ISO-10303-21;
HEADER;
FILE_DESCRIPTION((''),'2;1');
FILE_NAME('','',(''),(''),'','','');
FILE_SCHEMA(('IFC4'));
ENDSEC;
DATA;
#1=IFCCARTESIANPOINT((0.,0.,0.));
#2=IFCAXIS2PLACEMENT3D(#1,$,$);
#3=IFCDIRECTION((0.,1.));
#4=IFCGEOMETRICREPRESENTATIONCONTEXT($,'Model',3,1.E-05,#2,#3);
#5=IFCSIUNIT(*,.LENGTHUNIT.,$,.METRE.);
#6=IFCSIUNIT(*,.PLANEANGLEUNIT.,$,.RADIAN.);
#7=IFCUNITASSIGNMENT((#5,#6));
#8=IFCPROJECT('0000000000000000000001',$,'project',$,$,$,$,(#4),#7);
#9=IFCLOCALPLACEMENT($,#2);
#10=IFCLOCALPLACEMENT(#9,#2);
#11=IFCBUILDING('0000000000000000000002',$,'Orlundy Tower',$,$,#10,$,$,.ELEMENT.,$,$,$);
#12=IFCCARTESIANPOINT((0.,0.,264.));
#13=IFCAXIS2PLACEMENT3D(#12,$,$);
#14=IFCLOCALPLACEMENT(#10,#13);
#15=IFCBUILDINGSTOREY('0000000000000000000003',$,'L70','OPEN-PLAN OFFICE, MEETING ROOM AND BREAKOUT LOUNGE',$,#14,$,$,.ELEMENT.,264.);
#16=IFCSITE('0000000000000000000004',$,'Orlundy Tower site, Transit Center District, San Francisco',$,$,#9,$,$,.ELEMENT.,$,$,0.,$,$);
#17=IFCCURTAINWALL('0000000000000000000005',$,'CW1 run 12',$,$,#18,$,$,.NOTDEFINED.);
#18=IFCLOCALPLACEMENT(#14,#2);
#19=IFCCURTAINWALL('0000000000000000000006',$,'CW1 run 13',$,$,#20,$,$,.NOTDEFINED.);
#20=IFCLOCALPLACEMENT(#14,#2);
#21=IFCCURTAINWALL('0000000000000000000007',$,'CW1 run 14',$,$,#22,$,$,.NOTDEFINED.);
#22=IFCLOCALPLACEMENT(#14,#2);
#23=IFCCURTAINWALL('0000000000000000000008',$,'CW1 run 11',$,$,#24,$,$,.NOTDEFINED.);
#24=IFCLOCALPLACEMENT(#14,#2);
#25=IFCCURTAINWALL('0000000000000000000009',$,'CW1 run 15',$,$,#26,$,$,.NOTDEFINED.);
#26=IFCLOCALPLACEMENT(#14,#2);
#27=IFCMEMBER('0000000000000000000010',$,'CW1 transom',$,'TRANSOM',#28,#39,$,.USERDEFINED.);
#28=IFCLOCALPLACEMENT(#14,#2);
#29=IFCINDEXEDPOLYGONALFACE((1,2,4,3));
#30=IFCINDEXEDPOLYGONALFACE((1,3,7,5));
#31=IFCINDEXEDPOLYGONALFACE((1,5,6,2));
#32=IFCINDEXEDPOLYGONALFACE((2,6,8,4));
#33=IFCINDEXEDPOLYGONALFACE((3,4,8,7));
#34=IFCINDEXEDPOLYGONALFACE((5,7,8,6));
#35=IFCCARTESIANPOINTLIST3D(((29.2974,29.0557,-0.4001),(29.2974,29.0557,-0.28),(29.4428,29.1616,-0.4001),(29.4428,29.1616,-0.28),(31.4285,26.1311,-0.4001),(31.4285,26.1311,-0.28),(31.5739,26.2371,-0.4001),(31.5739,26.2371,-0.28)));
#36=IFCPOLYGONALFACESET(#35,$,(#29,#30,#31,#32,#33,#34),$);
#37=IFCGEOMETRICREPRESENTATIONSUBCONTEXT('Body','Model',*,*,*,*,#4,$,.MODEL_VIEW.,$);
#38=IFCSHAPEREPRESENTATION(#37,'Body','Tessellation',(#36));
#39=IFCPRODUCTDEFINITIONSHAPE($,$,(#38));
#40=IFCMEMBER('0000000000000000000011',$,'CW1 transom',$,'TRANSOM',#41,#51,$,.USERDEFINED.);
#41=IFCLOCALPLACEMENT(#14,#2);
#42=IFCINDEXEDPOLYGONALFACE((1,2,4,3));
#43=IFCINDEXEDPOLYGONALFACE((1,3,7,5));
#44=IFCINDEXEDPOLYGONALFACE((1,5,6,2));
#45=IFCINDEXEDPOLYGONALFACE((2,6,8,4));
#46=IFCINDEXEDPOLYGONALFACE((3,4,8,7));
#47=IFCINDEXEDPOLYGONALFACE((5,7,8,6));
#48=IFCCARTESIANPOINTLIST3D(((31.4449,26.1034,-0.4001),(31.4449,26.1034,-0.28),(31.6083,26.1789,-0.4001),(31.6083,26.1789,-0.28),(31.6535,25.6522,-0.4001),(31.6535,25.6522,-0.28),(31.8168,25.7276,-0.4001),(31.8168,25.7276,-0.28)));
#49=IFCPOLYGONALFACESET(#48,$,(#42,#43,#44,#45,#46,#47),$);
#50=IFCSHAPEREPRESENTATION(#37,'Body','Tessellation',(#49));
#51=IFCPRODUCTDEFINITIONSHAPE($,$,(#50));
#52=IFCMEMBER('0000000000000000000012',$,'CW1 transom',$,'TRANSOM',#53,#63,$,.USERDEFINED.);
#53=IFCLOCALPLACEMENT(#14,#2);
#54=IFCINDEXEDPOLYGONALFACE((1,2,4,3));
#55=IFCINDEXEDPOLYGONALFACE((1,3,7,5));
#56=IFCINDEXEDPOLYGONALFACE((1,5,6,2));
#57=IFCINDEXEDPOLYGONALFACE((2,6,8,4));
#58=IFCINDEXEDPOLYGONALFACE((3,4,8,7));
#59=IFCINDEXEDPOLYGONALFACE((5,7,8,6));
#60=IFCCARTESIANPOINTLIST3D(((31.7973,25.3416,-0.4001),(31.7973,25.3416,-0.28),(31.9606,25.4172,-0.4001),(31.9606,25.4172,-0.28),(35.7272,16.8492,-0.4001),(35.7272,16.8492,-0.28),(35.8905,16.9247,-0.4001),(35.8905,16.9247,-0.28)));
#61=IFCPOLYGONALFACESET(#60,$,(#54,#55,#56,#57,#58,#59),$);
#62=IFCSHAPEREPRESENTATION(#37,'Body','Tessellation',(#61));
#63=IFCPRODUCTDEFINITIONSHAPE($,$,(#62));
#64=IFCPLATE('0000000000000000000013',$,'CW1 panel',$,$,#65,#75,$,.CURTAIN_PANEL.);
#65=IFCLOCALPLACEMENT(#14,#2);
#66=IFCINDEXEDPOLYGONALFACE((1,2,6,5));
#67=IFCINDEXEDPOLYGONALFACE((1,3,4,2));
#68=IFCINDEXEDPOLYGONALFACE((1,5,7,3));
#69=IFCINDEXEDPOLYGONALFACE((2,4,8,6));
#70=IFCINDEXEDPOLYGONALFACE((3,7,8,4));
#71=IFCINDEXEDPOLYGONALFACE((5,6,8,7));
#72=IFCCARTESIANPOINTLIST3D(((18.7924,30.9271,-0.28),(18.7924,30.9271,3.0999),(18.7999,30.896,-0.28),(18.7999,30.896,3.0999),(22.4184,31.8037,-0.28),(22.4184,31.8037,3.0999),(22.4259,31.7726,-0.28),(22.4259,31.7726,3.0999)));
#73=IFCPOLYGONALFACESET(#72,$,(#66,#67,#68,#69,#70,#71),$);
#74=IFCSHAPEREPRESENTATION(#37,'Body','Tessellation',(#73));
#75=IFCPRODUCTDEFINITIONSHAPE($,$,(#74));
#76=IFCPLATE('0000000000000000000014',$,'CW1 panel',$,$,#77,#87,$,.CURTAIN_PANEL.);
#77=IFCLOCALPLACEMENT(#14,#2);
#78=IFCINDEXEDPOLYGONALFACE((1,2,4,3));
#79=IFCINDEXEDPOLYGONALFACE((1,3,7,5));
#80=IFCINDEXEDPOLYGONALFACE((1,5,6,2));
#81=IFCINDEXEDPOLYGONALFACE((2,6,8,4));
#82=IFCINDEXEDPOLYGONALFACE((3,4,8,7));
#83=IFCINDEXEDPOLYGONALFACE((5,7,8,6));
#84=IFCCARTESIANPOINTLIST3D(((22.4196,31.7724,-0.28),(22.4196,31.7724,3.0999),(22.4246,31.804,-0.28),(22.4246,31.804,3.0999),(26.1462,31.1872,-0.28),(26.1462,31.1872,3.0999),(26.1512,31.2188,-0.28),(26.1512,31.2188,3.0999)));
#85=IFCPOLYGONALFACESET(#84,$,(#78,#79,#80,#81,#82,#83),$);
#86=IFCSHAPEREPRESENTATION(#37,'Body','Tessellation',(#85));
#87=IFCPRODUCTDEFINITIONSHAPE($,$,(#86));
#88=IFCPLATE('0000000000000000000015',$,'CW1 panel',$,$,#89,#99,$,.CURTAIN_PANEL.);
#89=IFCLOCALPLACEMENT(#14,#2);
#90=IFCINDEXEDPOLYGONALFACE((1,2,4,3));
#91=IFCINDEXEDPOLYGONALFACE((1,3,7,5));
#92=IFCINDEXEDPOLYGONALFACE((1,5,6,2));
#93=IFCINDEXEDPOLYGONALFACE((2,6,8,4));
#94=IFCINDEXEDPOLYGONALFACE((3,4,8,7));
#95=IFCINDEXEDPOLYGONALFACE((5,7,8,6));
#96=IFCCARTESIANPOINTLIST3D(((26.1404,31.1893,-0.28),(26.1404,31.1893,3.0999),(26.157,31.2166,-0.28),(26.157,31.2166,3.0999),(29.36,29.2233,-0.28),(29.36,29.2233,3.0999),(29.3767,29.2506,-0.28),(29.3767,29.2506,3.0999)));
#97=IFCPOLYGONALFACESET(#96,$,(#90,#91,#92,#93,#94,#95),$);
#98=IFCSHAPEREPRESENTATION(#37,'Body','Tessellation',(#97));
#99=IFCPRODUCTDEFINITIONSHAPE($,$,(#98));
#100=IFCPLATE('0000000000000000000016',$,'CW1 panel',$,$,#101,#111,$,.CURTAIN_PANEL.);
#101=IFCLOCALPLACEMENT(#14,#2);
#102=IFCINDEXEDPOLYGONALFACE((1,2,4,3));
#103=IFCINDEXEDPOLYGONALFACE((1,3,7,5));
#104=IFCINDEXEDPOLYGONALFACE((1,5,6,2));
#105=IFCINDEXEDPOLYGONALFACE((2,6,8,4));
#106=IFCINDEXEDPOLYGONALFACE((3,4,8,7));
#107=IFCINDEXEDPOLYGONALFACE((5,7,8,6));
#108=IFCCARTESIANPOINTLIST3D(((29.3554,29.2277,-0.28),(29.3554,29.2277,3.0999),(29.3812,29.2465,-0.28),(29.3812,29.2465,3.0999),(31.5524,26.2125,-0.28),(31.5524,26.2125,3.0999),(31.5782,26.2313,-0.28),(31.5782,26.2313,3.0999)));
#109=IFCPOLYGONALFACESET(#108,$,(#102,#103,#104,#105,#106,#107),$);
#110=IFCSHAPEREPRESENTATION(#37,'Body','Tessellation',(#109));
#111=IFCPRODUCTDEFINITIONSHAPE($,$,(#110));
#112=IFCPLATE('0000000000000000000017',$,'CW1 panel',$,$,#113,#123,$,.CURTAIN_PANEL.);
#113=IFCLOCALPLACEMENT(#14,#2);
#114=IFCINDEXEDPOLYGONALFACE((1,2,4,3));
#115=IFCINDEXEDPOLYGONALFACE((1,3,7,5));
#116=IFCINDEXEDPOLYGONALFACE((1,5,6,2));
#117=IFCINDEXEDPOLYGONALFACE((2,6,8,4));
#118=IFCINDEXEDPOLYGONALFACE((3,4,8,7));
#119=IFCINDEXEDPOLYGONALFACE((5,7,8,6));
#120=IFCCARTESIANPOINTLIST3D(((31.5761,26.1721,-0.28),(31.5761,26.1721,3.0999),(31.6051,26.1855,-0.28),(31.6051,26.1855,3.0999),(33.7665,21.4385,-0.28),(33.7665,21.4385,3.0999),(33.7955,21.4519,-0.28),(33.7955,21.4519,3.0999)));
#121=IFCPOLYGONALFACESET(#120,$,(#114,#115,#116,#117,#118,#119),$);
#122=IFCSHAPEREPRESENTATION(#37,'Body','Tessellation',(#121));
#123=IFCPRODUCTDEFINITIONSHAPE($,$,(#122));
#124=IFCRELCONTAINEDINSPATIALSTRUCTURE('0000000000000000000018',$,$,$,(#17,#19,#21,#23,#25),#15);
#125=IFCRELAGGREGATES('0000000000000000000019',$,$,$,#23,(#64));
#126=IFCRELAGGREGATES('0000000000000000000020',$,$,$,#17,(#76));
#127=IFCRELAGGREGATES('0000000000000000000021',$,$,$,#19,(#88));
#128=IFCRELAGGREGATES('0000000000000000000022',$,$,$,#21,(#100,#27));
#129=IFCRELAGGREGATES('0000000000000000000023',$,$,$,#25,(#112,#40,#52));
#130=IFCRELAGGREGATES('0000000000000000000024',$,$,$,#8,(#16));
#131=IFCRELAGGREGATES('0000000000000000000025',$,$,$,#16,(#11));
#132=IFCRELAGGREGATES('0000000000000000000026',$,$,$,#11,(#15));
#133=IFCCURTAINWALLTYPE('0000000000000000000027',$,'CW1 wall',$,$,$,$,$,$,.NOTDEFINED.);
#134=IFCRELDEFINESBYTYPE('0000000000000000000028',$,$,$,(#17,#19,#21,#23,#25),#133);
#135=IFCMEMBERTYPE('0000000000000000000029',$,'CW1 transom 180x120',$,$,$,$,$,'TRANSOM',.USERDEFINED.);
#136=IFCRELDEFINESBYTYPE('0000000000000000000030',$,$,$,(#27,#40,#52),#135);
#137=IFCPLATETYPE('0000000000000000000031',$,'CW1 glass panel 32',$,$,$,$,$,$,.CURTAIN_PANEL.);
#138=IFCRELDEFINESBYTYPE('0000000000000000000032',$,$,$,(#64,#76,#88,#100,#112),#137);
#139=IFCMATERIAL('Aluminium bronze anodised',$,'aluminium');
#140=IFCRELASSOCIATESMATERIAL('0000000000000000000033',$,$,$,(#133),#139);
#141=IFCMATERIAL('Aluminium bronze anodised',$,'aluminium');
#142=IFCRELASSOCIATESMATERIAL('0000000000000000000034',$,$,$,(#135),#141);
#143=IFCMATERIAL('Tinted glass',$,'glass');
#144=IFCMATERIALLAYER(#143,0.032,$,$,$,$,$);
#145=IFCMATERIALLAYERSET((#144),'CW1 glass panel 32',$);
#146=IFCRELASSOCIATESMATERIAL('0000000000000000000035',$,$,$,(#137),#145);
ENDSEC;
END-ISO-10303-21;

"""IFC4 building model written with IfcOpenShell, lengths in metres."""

from ifc_helpers import new_model, si_unit, direction, frame, origin, origin_2d, place, context, subcontext, project, spatial, rectangle, extrude, material, layer, layer_set, material_profile, profile_set, type_object, element, aggregate, save


model = new_model("IFC4")

# Units and contexts
model_context = context("Model", 3, precision=1e-05, world=origin(), true_north=direction((0.0, 1.0)))
body_context = subcontext(model_context, "Body", "Model", "MODEL_VIEW")
ifc_project = project(units=[si_unit("LENGTHUNIT", "METRE"), si_unit("PLANEANGLEUNIT", "RADIAN")], contexts=[model_context])

# Site, building, storey
site_placement = place(None, origin())
site = spatial("IfcSite", under=ifc_project, at=site_placement, Name="Orlundy Tower site, Transit Center District, San Francisco", CompositionType="ELEMENT", RefElevation=0.0)
building_placement = place(site_placement, origin())
building = spatial("IfcBuilding", under=site, at=building_placement, Name="Orlundy Tower", CompositionType="ELEMENT")
storey_placement = place(building_placement, frame((0.0, 0.0, 264.0)))
storey = spatial("IfcBuildingStorey", under=building, at=storey_placement, Name="L70", Description="OPEN-PLAN OFFICE, MEETING ROOM AND BREAKOUT LOUNGE", CompositionType="ELEMENT", Elevation=264.0)

# Curtain walls
ifc_material_1 = material(Name="Aluminium bronze anodised", Category="aluminium")
curtain_wall_type = type_object("IfcCurtainWallType", Name="CW1 wall", PredefinedType="NOTDEFINED", material=ifc_material_1)
curtain_wall_1_placement = place(storey_placement, origin())
curtain_wall_1 = element("IfcCurtainWall", 1, at=curtain_wall_1_placement, inside=storey, type_object=curtain_wall_type, Name="CW1 run 12", PredefinedType="NOTDEFINED")
curtain_wall_2_placement = place(storey_placement, origin())
curtain_wall_2 = element("IfcCurtainWall", 2, at=curtain_wall_2_placement, inside=storey, type_object=curtain_wall_type, Name="CW1 run 13", PredefinedType="NOTDEFINED")
curtain_wall_3_placement = place(storey_placement, origin())
curtain_wall_3 = element("IfcCurtainWall", 3, at=curtain_wall_3_placement, inside=storey, type_object=curtain_wall_type, Name="CW1 run 14", PredefinedType="NOTDEFINED")
curtain_wall_4_placement = place(storey_placement, origin())
curtain_wall_4 = element("IfcCurtainWall", 4, at=curtain_wall_4_placement, inside=storey, type_object=curtain_wall_type, Name="CW1 run 11", PredefinedType="NOTDEFINED")

# Curtain wall
curtain_wall_5_placement = place(storey_placement, origin())
curtain_wall_5 = element("IfcCurtainWall", 5, at=curtain_wall_5_placement, inside=storey, type_object=curtain_wall_type, Name="CW1 run 15", PredefinedType="NOTDEFINED")

# Members
ifc_material_2 = material(Name="Aluminium bronze anodised", Category="aluminium")
ifc_material_profile_1 = material_profile(ifc_material_2, rectangle(XDim=0.1799, YDim=0.1201, at=origin_2d()), Name="CW1 transom 180x120")
ifc_profile_set_1 = profile_set([ifc_material_profile_1], Name="Aluminium bronze anodised")
member_type_1 = type_object("IfcMemberType", Name="CW1 transom 180x120", ElementType="TRANSOM", PredefinedType="USERDEFINED", material=ifc_profile_set_1)
member_1_placement = place(storey_placement, frame((29.3701, 29.1086, -0.3401), z_axis=(0.588922, -0.80819, 0.0), x_axis=(0.80819, 0.588922, 0.0)))
member_1 = element("IfcMember", 6, at=member_1_placement, type_object=member_type_1, Name="CW1 transom", ObjectType="TRANSOM", PredefinedType="USERDEFINED", context=body_context, shape_type="SweptSolid", body=[
    extrude(rectangle(XDim=0.1799, YDim=0.1201, at=origin_2d()), origin(), (0.0, 0.0, 1.0), 3.6187),
])
member_2_placement = place(storey_placement, frame((31.5266, 26.1411, -0.3401), z_axis=(0.419494, -0.907758, 0.0), x_axis=(0.907758, 0.419494, 0.0)))
member_2 = element("IfcMember", 7, at=member_2_placement, type_object=member_type_1, Name="CW1 transom", ObjectType="TRANSOM", PredefinedType="USERDEFINED", context=body_context, shape_type="SweptSolid", body=[
    extrude(rectangle(XDim=0.1799, YDim=0.1201, at=origin_2d()), origin(), (0.0, 0.0, 1.0), 0.4971),
])
member_3_placement = place(storey_placement, frame((31.8789, 25.3794, -0.3401), z_axis=(0.41997, -0.907538, 0.0), x_axis=(0.907538, 0.41997, 0.0)))
member_3 = element("IfcMember", 8, at=member_3_placement, type_object=member_type_1, Name="CW1 transom", ObjectType="TRANSOM", PredefinedType="USERDEFINED", context=body_context, shape_type="SweptSolid", body=[
    extrude(rectangle(XDim=0.1799, YDim=0.1201, at=origin_2d()), origin(), (0.0, 0.0, 1.0), 9.3577),
])

# Plates
ifc_material_3 = material(Name="Tinted glass", Category="glass")
ifc_layer = layer(ifc_material_3, 0.032)
ifc_layer_set = layer_set([ifc_layer], Name="CW1 glass panel 32")
plate_type = type_object("IfcPlateType", Name="CW1 glass panel 32", PredefinedType="CURTAIN_PANEL", material=ifc_layer_set)
plate_1_placement = place(storey_placement, frame((20.6091, 31.3499, -0.28), z_axis=(0.0, 0.0, 1.0), x_axis=(0.972002, 0.234975, 0.0)))
plate_1 = element("IfcPlate", 9, at=plate_1_placement, type_object=plate_type, Name="CW1 panel", PredefinedType="CURTAIN_PANEL", context=body_context, shape_type="SweptSolid", body=[
    extrude(rectangle(XDim=3.7305, YDim=0.032, at=origin_2d()), origin(), (0.0, 0.0, 1.0), 3.3799),
])
aggregate(curtain_wall_4, [plate_1])
plate_2_placement = place(storey_placement, frame((24.2854, 31.4956, -0.28), z_axis=(0.0, 0.0, 1.0), x_axis=(0.987896, -0.155117, 0.0)))
plate_2 = element("IfcPlate", 10, at=plate_2_placement, type_object=plate_type, Name="CW1 panel", PredefinedType="CURTAIN_PANEL", context=body_context, shape_type="SweptSolid", body=[
    extrude(rectangle(XDim=3.7722, YDim=0.032, at=origin_2d()), origin(), (0.0, 0.0, 1.0), 3.3799),
])
aggregate(curtain_wall_1, [plate_2])
plate_3_placement = place(storey_placement, frame((27.7585, 30.22, -0.28), z_axis=(0.0, 0.0, 1.0), x_axis=(0.853468, -0.521144, 0.0)))
plate_3 = element("IfcPlate", 11, at=plate_3_placement, type_object=plate_type, Name="CW1 panel", PredefinedType="CURTAIN_PANEL", context=body_context, shape_type="SweptSolid", body=[
    extrude(rectangle(XDim=3.7725, YDim=0.032, at=origin_2d()), origin(), (0.0, 0.0, 1.0), 3.3799),
])
aggregate(curtain_wall_2, [plate_3])
plate_4_placement = place(storey_placement, frame((30.4668, 27.7295, -0.28), z_axis=(0.0, 0.0, 1.0), x_axis=(0.588893, -0.808211, 0.0)))
plate_4 = element("IfcPlate", 12, at=plate_4_placement, type_object=plate_type, Name="CW1 panel", PredefinedType="CURTAIN_PANEL", context=body_context, shape_type="SweptSolid", body=[
    extrude(rectangle(XDim=3.7307, YDim=0.032, at=origin_2d()), origin(), (0.0, 0.0, 1.0), 3.3799),
])
aggregate(curtain_wall_3, [plate_4, member_1])
plate_5_placement = place(storey_placement, frame((32.6858, 23.812, -0.28), z_axis=(0.0, 0.0, 1.0), x_axis=(0.419961, -0.907542, 0.0)))
plate_5 = element("IfcPlate", 13, at=plate_5_placement, type_object=plate_type, Name="CW1 panel", PredefinedType="CURTAIN_PANEL", context=body_context, shape_type="SweptSolid", body=[
    extrude(rectangle(XDim=5.2158, YDim=0.032, at=origin_2d()), origin(), (0.0, 0.0, 1.0), 3.3799),
])
aggregate(curtain_wall_5, [plate_5, member_2, member_3])

save(model, "model.ifc")
